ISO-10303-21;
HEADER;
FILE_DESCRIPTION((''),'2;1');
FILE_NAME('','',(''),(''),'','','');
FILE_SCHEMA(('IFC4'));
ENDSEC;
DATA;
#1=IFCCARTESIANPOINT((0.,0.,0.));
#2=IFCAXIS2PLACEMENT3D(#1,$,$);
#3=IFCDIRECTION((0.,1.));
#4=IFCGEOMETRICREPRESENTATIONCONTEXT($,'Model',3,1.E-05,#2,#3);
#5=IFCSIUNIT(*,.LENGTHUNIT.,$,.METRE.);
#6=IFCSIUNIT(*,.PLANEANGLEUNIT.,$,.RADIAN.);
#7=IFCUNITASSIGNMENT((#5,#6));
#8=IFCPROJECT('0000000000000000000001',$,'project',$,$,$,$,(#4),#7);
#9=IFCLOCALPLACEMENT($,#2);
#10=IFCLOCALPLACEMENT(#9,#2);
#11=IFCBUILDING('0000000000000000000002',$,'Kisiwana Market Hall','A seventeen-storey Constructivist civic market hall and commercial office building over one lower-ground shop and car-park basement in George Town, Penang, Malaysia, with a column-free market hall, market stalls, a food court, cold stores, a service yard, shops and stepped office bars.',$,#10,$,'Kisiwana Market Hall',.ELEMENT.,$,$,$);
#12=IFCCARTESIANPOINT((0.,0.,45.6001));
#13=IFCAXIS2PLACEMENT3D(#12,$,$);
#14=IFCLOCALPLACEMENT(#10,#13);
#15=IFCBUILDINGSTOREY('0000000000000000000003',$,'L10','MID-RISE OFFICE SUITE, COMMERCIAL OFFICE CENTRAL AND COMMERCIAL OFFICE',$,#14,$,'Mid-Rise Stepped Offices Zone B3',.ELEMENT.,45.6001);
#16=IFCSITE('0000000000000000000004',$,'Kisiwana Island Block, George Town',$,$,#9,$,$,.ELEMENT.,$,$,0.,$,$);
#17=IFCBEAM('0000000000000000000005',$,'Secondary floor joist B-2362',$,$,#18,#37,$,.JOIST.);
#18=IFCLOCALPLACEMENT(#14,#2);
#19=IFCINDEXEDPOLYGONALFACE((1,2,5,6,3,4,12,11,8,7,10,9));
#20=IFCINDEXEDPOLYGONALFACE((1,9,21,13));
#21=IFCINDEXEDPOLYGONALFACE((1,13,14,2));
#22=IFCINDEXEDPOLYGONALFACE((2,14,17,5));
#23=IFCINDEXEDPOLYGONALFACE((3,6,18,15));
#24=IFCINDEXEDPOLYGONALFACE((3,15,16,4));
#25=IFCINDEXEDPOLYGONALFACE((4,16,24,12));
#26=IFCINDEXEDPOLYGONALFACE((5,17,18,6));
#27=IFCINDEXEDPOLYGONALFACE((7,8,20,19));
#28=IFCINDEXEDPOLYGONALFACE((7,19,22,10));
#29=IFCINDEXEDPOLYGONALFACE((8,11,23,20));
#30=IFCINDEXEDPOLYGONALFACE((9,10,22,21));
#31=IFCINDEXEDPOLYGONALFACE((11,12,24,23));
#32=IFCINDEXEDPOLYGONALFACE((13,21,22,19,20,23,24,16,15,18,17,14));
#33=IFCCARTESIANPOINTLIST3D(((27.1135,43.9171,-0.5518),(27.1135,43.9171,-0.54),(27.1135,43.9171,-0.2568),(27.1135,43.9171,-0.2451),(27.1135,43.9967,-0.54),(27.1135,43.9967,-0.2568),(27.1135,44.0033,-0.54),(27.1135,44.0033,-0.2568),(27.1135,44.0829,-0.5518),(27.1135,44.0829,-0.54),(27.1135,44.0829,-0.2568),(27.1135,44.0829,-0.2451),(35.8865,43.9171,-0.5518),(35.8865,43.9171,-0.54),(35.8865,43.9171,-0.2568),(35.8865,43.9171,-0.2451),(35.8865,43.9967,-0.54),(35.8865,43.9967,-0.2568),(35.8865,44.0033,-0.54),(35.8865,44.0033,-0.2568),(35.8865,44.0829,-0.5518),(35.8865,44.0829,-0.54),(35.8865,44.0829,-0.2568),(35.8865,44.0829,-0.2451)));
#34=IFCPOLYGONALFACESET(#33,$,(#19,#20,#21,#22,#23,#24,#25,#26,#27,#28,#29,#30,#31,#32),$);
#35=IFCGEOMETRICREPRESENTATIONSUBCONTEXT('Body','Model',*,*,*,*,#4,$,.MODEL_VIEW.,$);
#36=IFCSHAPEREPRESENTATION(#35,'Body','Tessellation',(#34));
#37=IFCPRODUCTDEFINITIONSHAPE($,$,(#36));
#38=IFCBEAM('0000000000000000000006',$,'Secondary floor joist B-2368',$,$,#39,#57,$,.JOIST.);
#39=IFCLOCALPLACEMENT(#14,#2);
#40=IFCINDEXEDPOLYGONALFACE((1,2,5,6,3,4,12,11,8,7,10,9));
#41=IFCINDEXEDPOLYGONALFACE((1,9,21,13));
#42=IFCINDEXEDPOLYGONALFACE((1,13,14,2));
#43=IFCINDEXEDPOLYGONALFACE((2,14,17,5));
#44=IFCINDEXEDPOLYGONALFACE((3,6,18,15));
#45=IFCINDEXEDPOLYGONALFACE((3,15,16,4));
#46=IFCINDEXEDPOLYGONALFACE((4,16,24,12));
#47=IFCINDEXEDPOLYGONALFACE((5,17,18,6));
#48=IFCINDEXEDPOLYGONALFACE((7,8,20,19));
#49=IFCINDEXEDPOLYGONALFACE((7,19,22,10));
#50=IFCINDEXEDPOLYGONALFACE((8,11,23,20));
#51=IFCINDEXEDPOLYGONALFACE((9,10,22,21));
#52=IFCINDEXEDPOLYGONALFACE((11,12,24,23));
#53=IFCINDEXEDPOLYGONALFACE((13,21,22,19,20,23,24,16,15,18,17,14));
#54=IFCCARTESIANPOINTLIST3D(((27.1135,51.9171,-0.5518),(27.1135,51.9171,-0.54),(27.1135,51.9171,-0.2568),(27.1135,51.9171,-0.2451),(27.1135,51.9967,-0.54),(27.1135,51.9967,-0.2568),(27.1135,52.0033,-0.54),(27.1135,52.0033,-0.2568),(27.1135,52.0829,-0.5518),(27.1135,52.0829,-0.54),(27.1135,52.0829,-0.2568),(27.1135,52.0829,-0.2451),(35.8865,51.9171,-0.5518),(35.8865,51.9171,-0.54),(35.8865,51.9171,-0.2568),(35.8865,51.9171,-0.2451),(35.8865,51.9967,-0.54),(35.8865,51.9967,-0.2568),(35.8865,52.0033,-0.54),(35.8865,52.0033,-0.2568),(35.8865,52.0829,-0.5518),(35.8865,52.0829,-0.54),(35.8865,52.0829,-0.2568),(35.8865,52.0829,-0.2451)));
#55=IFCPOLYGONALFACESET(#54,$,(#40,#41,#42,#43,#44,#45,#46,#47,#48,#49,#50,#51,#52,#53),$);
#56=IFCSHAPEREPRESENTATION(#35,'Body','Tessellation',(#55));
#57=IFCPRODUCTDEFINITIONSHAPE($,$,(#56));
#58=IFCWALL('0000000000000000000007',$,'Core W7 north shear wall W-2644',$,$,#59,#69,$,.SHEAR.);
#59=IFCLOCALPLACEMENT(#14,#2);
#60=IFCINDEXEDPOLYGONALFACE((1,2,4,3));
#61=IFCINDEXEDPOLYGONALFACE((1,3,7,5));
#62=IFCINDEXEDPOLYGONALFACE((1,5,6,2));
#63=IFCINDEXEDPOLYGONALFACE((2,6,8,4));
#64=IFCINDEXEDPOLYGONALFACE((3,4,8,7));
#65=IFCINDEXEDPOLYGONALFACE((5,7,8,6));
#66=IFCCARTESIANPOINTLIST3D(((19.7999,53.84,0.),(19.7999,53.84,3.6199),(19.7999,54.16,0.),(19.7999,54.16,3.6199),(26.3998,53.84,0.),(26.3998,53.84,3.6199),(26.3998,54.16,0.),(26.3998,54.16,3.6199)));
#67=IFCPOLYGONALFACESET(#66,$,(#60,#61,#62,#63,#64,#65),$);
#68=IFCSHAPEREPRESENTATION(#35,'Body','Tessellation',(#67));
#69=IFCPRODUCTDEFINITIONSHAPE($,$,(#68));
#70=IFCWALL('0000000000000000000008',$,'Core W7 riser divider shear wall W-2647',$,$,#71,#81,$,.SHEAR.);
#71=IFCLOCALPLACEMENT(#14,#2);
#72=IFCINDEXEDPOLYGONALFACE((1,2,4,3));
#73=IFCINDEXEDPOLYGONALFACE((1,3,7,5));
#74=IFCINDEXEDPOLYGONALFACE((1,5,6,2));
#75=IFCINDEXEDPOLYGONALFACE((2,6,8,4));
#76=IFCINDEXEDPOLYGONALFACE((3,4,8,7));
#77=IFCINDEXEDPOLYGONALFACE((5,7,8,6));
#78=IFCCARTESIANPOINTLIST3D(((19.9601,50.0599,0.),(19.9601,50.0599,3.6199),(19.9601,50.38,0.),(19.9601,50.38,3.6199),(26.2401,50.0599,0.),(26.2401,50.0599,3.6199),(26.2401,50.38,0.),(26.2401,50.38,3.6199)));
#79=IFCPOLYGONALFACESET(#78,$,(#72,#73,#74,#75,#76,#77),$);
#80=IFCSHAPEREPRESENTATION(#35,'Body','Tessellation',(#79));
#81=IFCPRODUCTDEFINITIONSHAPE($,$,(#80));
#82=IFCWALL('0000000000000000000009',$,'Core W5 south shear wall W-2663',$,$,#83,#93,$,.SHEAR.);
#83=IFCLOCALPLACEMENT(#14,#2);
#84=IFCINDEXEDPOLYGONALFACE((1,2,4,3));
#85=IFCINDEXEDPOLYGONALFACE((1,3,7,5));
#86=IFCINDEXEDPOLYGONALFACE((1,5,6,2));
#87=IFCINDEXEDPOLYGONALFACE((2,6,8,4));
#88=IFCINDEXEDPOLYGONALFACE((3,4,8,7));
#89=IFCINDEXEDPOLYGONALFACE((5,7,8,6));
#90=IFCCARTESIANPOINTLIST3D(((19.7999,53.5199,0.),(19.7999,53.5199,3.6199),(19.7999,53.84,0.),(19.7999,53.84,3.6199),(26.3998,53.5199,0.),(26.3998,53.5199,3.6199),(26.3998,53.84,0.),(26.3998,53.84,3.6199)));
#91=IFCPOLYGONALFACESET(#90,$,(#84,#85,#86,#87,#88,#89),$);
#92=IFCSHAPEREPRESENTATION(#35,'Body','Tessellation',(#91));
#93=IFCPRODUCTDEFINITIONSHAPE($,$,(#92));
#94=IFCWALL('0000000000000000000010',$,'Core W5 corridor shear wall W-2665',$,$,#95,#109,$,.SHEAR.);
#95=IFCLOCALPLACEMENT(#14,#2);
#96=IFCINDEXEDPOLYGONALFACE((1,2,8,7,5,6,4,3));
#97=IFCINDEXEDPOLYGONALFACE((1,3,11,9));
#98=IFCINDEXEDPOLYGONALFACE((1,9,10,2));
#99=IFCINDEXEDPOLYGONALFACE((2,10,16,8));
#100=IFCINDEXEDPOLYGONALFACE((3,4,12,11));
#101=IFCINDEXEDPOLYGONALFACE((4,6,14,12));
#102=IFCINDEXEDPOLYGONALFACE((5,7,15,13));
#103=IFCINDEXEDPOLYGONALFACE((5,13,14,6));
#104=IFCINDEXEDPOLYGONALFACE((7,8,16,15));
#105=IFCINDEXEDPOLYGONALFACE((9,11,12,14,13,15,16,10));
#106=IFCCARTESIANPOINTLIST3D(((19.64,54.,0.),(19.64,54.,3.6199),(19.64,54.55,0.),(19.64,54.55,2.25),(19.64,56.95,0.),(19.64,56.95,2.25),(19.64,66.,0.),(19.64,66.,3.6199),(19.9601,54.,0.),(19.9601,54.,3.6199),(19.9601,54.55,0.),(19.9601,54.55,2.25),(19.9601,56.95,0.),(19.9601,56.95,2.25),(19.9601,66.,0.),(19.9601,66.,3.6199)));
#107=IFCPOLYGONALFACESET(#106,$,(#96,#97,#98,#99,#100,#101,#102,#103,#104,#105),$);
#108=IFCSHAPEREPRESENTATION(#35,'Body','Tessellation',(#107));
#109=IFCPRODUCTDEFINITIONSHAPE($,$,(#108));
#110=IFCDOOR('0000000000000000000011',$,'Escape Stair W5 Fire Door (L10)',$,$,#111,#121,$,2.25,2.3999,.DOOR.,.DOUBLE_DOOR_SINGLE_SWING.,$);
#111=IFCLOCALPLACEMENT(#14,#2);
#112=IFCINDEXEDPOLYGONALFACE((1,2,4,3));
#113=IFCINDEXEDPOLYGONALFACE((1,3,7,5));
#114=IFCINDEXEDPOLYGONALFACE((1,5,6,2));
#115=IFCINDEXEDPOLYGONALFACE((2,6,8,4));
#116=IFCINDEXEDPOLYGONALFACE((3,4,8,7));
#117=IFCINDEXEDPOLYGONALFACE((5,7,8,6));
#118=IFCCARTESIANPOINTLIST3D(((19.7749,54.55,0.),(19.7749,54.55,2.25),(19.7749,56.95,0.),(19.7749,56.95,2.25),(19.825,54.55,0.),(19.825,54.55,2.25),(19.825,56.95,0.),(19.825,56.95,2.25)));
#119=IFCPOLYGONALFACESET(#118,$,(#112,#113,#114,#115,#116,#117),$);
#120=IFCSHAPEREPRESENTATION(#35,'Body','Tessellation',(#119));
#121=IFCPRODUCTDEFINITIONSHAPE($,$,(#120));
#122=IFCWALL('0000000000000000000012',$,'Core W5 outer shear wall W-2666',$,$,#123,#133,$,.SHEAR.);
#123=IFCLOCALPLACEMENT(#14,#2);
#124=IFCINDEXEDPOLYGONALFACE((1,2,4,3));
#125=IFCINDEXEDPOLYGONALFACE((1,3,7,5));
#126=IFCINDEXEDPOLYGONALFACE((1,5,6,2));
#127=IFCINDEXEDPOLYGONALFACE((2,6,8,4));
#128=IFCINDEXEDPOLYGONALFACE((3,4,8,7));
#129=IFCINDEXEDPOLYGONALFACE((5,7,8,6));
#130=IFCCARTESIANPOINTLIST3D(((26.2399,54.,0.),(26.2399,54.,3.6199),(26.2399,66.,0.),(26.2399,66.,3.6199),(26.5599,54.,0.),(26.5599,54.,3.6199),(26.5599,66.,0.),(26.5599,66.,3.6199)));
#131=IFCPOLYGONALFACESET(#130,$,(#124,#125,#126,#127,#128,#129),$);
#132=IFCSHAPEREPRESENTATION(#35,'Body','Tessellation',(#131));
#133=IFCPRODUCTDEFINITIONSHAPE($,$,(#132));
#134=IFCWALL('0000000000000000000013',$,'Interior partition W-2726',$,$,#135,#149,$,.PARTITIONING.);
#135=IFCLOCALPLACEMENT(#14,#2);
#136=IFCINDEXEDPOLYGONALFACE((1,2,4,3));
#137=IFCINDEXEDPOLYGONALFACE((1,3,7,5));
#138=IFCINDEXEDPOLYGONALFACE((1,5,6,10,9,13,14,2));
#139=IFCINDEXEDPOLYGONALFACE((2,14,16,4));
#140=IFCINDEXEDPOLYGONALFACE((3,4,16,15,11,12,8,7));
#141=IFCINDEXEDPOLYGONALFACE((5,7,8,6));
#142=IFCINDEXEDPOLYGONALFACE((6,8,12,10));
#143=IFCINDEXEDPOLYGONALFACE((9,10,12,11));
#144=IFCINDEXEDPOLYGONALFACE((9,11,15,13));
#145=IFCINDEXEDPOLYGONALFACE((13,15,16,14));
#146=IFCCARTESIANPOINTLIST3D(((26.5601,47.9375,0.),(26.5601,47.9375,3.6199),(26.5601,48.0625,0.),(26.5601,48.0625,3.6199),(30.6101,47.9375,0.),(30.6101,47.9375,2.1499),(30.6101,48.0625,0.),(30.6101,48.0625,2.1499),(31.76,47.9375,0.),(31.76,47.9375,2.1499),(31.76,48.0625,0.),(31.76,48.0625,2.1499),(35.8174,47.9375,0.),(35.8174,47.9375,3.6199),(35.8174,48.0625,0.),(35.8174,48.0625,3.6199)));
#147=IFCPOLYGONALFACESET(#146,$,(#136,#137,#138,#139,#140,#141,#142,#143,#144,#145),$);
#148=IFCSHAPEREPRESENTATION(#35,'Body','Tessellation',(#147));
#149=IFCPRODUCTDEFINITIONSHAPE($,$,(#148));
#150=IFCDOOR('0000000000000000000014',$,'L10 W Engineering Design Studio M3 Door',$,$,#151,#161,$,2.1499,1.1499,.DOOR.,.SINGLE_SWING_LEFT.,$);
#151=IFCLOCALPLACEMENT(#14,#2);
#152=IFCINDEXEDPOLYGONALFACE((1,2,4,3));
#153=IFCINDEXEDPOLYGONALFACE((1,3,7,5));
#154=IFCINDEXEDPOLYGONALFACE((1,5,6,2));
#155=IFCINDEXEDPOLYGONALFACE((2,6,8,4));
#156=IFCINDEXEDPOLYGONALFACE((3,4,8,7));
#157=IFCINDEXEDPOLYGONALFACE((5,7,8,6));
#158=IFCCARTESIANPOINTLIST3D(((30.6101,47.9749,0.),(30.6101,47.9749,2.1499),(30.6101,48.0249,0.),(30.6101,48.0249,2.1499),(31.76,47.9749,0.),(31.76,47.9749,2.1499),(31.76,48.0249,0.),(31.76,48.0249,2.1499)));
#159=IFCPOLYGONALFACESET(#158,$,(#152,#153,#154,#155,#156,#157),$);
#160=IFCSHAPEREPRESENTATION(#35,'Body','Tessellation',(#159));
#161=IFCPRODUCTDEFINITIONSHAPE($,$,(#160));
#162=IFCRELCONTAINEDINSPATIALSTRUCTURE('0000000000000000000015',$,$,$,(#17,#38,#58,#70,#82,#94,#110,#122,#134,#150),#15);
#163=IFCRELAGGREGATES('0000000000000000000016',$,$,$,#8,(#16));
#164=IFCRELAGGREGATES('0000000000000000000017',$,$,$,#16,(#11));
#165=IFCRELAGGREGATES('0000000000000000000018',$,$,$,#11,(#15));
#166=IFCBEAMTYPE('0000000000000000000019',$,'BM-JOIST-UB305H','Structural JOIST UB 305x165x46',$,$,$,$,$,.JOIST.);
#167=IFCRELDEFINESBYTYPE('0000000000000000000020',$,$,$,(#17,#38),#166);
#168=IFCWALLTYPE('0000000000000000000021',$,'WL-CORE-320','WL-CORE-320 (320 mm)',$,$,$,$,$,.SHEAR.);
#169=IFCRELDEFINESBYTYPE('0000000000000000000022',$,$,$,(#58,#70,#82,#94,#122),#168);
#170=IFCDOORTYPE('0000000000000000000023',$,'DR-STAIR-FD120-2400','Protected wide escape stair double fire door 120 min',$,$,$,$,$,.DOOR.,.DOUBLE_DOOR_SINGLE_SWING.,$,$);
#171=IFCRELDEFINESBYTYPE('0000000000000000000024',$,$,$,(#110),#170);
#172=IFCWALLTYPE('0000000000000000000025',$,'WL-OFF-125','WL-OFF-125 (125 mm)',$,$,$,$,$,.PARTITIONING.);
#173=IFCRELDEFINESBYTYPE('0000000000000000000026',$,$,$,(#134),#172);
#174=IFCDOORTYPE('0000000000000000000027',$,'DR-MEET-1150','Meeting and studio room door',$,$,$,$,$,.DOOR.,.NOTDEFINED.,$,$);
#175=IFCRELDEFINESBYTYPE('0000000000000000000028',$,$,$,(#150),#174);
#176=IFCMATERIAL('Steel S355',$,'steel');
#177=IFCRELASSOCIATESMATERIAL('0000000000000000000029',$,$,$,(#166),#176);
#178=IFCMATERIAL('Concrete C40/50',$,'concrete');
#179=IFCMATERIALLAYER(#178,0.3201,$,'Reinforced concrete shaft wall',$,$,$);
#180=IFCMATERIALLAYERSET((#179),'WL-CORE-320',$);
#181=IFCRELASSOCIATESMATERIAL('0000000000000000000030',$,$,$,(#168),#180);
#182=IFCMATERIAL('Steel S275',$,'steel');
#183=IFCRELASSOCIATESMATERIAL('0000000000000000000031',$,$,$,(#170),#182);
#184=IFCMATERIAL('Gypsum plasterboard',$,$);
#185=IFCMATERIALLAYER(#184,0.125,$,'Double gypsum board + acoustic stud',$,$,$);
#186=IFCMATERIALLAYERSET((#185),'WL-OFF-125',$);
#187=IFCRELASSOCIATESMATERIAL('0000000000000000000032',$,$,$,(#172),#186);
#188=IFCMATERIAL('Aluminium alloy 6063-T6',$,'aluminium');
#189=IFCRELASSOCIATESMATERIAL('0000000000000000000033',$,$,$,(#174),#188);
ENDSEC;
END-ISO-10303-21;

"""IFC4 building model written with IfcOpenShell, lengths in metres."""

from ifc_helpers import new_model, si_unit, direction, frame, frame_2d, origin, origin_2d, place, context, subcontext, project, spatial, rectangle, i_section, extrude, material, layer, layer_set, material_profile, profile_set, type_object, element, fill, save


model = new_model("IFC4")

# Units and contexts
model_context = context("Model", 3, precision=1e-05, world=origin(), true_north=direction((0.0, 1.0)))
body_context = subcontext(model_context, "Body", "Model", "MODEL_VIEW")
ifc_project = project(units=[si_unit("LENGTHUNIT", "METRE"), si_unit("PLANEANGLEUNIT", "RADIAN")], contexts=[model_context])

# Site, building, storey
site_placement = place(None, origin())
site = spatial("IfcSite", under=ifc_project, at=site_placement, Name="Kisiwana Island Block, George Town", CompositionType="ELEMENT", RefElevation=0.0)
building_placement = place(site_placement, origin())
building = spatial("IfcBuilding", under=site, at=building_placement, Name="Kisiwana Market Hall", Description="A seventeen-storey Constructivist civic market hall and commercial office building over one lower-ground shop and car-park basement in George Town, Penang, Malaysia, with a column-free market hall, market stalls, a food court, cold stores, a service yard, shops and stepped office bars.", LongName="Kisiwana Market Hall", CompositionType="ELEMENT")
storey_placement = place(building_placement, frame((0.0, 0.0, 45.6001)))
storey = spatial("IfcBuildingStorey", under=building, at=storey_placement, Name="L10", Description="MID-RISE OFFICE SUITE, COMMERCIAL OFFICE CENTRAL AND COMMERCIAL OFFICE", LongName="Mid-Rise Stepped Offices Zone B3", CompositionType="ELEMENT", Elevation=45.6001)

# Beams
ifc_material_1 = material(Name="Steel S355", Category="steel")
ifc_material_profile = material_profile(ifc_material_1, i_section(OverallWidth=0.1658, OverallDepth=0.3066, WebThickness=0.0066, FlangeThickness=0.0117, at=origin_2d()), Name="UB 305x165x46")
ifc_profile_set = profile_set([ifc_material_profile], Name="Steel S355")
beam_type = type_object("IfcBeamType", Name="BM-JOIST-UB305H", Description="Structural JOIST UB 305x165x46", PredefinedType="JOIST", material=ifc_profile_set)
for number, where, z_axis, x_axis, name in (
    (1, (27.1135, 44.0, -0.3984), (1.0, 0.0, 0.0), (0.0, 1.0, 0.0), "Secondary floor joist B-2362"),
    (2, (27.1135, 52.0, -0.3984), (1.0, 0.0, 0.0), (0.0, 1.0, 0.0), "Secondary floor joist B-2368"),
):
    element("IfcBeam", number, at=place(storey_placement, frame(where, z_axis=z_axis, x_axis=x_axis)), inside=storey, type_object=beam_type, Name=name, PredefinedType="JOIST", context=body_context, shape_type="SweptSolid", body=[
        extrude(i_section(OverallWidth=0.1658, OverallDepth=0.3066, WebThickness=0.0066, FlangeThickness=0.0117, at=origin_2d()), origin(), (0.0, 0.0, 1.0), 8.7729),
    ])

# Walls
ifc_material_2 = material(Name="Concrete C40/50", Category="concrete")
ifc_layer_1 = layer(ifc_material_2, 0.3201, Name="Reinforced concrete shaft wall")
ifc_layer_set_1 = layer_set([ifc_layer_1], Name="WL-CORE-320")
wall_type_1 = type_object("IfcWallType", Name="WL-CORE-320", Description="WL-CORE-320 (320 mm)", PredefinedType="SHEAR", material=ifc_layer_set_1)
wall_1_placement = place(storey_placement, frame((19.8, 54.0, 0.0), z_axis=(0.0, 0.0, 1.0), x_axis=(1.0, 0.0, 0.0)))
element("IfcWall", 3, at=wall_1_placement, inside=storey, type_object=wall_type_1, Name="Core W7 north shear wall W-2644", PredefinedType="SHEAR", context=body_context, shape_type="SweptSolid", body=[
    extrude(rectangle(XDim=6.5999, YDim=0.3201, at=frame_2d((3.2998, 0.0))), origin(), (0.0, 0.0, 1.0), 3.6199),
])
wall_2_placement = place(storey_placement, frame((19.96, 50.22, 0.0), z_axis=(0.0, 0.0, 1.0), x_axis=(1.0, 0.0, 0.0)))
element("IfcWall", 4, at=wall_2_placement, inside=storey, type_object=wall_type_1, Name="Core W7 riser divider shear wall W-2647", PredefinedType="SHEAR", context=body_context, shape_type="SweptSolid", body=[
    extrude(rectangle(XDim=6.28, YDim=0.3201, at=frame_2d((3.1401, 0.0))), origin(), (0.0, 0.0, 1.0), 3.6199),
])
wall_3_placement = place(storey_placement, frame((19.8, 53.6799, 0.0), z_axis=(0.0, 0.0, 1.0), x_axis=(1.0, 0.0, 0.0)))
element("IfcWall", 5, at=wall_3_placement, inside=storey, type_object=wall_type_1, Name="Core W5 south shear wall W-2663", PredefinedType="SHEAR", context=body_context, shape_type="SweptSolid", body=[
    extrude(rectangle(XDim=6.5999, YDim=0.3201, at=frame_2d((3.2998, 0.0))), origin(), (0.0, 0.0, 1.0), 3.6199),
])

# Wall, opening, door
wall_4_placement = place(storey_placement, frame((19.8, 54.0, 0.0), z_axis=(0.0, 0.0, 1.0), x_axis=(0.0, 1.0, 0.0)))
wall_4 = element("IfcWall", 6, at=wall_4_placement, inside=storey, type_object=wall_type_1, Name="Core W5 corridor shear wall W-2665", PredefinedType="SHEAR", context=body_context, shape_type="SweptSolid", body=[
    extrude(rectangle(XDim=12.0, YDim=0.3201, at=frame_2d((6.0, 0.0))), origin(), (0.0, 0.0, 1.0), 3.6199),
])
opening_1_placement = place(wall_4_placement, frame((0.55, 0.0, 0.0)))
opening_1 = element("IfcOpeningElement", 7, at=opening_1_placement, cuts=wall_4, PredefinedType="OPENING", context=body_context, shape_type="SweptSolid", body=[
    extrude(rectangle(XDim=2.3999, YDim=2.25, at=frame_2d((1.2, 1.125))), frame((0.0, 0.1719, 0.0), z_axis=(0.0, -1.0, 0.0), x_axis=(1.0, 0.0, 0.0)), (0.0, 0.0, 1.0), 0.344),
])
ifc_material_3 = material(Name="Steel S275", Category="steel")
door_type_1 = type_object("IfcDoorType", Name="DR-STAIR-FD120-2400", Description="Protected wide escape stair double fire door 120 min", OperationType="DOUBLE_DOOR_SINGLE_SWING", PredefinedType="DOOR", material=ifc_material_3)
door_1_placement = place(opening_1_placement, frame((2.3999, 0.0, 0.0), z_axis=(0.0, 0.0, 1.0), x_axis=(-1.0, 0.0, 0.0)))
door_1 = element("IfcDoor", 8, at=door_1_placement, inside=storey, type_object=door_type_1, Name="Escape Stair W5 Fire Door (L10)", OperationType="DOUBLE_DOOR_SINGLE_SWING", OverallHeight=2.25, OverallWidth=2.3999, PredefinedType="DOOR", context=body_context, shape_type="SweptSolid", body=[
    extrude(rectangle(XDim=2.3999, YDim=2.25, at=frame_2d((1.2, 1.125))), frame((0.0, 0.0249, 0.0), z_axis=(0.0, -1.0, 0.0), x_axis=(1.0, 0.0, 0.0)), (0.0, 0.0, 1.0), 0.05),
])
fill(opening_1, door_1)

# Wall
wall_5_placement = place(storey_placement, frame((26.3999, 54.0, 0.0), z_axis=(0.0, 0.0, 1.0), x_axis=(0.0, 1.0, 0.0)))
element("IfcWall", 9, at=wall_5_placement, inside=storey, type_object=wall_type_1, Name="Core W5 outer shear wall W-2666", PredefinedType="SHEAR", context=body_context, shape_type="SweptSolid", body=[
    extrude(rectangle(XDim=12.0, YDim=0.3201, at=frame_2d((6.0, 0.0))), origin(), (0.0, 0.0, 1.0), 3.6199),
])

# Wall, opening, door
ifc_material_4 = material(Name="Gypsum plasterboard")
ifc_layer_2 = layer(ifc_material_4, 0.125, Name="Double gypsum board + acoustic stud")
ifc_layer_set_2 = layer_set([ifc_layer_2], Name="WL-OFF-125")
wall_type_2 = type_object("IfcWallType", Name="WL-OFF-125", Description="WL-OFF-125 (125 mm)", PredefinedType="PARTITIONING", material=ifc_layer_set_2)
wall_6_placement = place(storey_placement, frame((26.5601, 48.0, 0.0), z_axis=(0.0, 0.0, 1.0), x_axis=(1.0, 0.0, 0.0)))
wall_6 = element("IfcWall", 10, at=wall_6_placement, inside=storey, type_object=wall_type_2, Name="Interior partition W-2726", PredefinedType="PARTITIONING", context=body_context, shape_type="SweptSolid", body=[
    extrude(rectangle(XDim=9.2573, YDim=0.125, at=frame_2d((4.6287, 0.0))), origin(), (0.0, 0.0, 1.0), 3.6199),
])
opening_2_placement = place(wall_6_placement, frame((4.05, 0.0, 0.0)))
opening_2 = element("IfcOpeningElement", 11, at=opening_2_placement, cuts=wall_6, PredefinedType="OPENING", context=body_context, shape_type="SweptSolid", body=[
    extrude(rectangle(XDim=1.1499, YDim=2.1499, at=frame_2d((0.575, 1.075))), frame((0.0, 0.0745, 0.0), z_axis=(0.0, -1.0, 0.0), x_axis=(1.0, 0.0, 0.0)), (0.0, 0.0, 1.0), 0.1489),
])
ifc_material_5 = material(Name="Aluminium alloy 6063-T6", Category="aluminium")
door_type_2 = type_object("IfcDoorType", Name="DR-MEET-1150", Description="Meeting and studio room door", OperationType="NOTDEFINED", PredefinedType="DOOR", material=ifc_material_5)
door_2_placement = place(opening_2_placement, origin())
door_2 = element("IfcDoor", 12, at=door_2_placement, inside=storey, type_object=door_type_2, Name="L10 W Engineering Design Studio M3 Door", OperationType="SINGLE_SWING_LEFT", OverallHeight=2.1499, OverallWidth=1.1499, PredefinedType="DOOR", context=body_context, shape_type="SweptSolid", body=[
    extrude(rectangle(XDim=1.1499, YDim=2.1499, at=frame_2d((0.575, 1.075))), frame((0.0, 0.0249, 0.0), z_axis=(0.0, -1.0, 0.0), x_axis=(1.0, 0.0, 0.0)), (0.0, 0.0, 1.0), 0.05),
])
fill(opening_2, door_2)

save(model, "model.ifc")
